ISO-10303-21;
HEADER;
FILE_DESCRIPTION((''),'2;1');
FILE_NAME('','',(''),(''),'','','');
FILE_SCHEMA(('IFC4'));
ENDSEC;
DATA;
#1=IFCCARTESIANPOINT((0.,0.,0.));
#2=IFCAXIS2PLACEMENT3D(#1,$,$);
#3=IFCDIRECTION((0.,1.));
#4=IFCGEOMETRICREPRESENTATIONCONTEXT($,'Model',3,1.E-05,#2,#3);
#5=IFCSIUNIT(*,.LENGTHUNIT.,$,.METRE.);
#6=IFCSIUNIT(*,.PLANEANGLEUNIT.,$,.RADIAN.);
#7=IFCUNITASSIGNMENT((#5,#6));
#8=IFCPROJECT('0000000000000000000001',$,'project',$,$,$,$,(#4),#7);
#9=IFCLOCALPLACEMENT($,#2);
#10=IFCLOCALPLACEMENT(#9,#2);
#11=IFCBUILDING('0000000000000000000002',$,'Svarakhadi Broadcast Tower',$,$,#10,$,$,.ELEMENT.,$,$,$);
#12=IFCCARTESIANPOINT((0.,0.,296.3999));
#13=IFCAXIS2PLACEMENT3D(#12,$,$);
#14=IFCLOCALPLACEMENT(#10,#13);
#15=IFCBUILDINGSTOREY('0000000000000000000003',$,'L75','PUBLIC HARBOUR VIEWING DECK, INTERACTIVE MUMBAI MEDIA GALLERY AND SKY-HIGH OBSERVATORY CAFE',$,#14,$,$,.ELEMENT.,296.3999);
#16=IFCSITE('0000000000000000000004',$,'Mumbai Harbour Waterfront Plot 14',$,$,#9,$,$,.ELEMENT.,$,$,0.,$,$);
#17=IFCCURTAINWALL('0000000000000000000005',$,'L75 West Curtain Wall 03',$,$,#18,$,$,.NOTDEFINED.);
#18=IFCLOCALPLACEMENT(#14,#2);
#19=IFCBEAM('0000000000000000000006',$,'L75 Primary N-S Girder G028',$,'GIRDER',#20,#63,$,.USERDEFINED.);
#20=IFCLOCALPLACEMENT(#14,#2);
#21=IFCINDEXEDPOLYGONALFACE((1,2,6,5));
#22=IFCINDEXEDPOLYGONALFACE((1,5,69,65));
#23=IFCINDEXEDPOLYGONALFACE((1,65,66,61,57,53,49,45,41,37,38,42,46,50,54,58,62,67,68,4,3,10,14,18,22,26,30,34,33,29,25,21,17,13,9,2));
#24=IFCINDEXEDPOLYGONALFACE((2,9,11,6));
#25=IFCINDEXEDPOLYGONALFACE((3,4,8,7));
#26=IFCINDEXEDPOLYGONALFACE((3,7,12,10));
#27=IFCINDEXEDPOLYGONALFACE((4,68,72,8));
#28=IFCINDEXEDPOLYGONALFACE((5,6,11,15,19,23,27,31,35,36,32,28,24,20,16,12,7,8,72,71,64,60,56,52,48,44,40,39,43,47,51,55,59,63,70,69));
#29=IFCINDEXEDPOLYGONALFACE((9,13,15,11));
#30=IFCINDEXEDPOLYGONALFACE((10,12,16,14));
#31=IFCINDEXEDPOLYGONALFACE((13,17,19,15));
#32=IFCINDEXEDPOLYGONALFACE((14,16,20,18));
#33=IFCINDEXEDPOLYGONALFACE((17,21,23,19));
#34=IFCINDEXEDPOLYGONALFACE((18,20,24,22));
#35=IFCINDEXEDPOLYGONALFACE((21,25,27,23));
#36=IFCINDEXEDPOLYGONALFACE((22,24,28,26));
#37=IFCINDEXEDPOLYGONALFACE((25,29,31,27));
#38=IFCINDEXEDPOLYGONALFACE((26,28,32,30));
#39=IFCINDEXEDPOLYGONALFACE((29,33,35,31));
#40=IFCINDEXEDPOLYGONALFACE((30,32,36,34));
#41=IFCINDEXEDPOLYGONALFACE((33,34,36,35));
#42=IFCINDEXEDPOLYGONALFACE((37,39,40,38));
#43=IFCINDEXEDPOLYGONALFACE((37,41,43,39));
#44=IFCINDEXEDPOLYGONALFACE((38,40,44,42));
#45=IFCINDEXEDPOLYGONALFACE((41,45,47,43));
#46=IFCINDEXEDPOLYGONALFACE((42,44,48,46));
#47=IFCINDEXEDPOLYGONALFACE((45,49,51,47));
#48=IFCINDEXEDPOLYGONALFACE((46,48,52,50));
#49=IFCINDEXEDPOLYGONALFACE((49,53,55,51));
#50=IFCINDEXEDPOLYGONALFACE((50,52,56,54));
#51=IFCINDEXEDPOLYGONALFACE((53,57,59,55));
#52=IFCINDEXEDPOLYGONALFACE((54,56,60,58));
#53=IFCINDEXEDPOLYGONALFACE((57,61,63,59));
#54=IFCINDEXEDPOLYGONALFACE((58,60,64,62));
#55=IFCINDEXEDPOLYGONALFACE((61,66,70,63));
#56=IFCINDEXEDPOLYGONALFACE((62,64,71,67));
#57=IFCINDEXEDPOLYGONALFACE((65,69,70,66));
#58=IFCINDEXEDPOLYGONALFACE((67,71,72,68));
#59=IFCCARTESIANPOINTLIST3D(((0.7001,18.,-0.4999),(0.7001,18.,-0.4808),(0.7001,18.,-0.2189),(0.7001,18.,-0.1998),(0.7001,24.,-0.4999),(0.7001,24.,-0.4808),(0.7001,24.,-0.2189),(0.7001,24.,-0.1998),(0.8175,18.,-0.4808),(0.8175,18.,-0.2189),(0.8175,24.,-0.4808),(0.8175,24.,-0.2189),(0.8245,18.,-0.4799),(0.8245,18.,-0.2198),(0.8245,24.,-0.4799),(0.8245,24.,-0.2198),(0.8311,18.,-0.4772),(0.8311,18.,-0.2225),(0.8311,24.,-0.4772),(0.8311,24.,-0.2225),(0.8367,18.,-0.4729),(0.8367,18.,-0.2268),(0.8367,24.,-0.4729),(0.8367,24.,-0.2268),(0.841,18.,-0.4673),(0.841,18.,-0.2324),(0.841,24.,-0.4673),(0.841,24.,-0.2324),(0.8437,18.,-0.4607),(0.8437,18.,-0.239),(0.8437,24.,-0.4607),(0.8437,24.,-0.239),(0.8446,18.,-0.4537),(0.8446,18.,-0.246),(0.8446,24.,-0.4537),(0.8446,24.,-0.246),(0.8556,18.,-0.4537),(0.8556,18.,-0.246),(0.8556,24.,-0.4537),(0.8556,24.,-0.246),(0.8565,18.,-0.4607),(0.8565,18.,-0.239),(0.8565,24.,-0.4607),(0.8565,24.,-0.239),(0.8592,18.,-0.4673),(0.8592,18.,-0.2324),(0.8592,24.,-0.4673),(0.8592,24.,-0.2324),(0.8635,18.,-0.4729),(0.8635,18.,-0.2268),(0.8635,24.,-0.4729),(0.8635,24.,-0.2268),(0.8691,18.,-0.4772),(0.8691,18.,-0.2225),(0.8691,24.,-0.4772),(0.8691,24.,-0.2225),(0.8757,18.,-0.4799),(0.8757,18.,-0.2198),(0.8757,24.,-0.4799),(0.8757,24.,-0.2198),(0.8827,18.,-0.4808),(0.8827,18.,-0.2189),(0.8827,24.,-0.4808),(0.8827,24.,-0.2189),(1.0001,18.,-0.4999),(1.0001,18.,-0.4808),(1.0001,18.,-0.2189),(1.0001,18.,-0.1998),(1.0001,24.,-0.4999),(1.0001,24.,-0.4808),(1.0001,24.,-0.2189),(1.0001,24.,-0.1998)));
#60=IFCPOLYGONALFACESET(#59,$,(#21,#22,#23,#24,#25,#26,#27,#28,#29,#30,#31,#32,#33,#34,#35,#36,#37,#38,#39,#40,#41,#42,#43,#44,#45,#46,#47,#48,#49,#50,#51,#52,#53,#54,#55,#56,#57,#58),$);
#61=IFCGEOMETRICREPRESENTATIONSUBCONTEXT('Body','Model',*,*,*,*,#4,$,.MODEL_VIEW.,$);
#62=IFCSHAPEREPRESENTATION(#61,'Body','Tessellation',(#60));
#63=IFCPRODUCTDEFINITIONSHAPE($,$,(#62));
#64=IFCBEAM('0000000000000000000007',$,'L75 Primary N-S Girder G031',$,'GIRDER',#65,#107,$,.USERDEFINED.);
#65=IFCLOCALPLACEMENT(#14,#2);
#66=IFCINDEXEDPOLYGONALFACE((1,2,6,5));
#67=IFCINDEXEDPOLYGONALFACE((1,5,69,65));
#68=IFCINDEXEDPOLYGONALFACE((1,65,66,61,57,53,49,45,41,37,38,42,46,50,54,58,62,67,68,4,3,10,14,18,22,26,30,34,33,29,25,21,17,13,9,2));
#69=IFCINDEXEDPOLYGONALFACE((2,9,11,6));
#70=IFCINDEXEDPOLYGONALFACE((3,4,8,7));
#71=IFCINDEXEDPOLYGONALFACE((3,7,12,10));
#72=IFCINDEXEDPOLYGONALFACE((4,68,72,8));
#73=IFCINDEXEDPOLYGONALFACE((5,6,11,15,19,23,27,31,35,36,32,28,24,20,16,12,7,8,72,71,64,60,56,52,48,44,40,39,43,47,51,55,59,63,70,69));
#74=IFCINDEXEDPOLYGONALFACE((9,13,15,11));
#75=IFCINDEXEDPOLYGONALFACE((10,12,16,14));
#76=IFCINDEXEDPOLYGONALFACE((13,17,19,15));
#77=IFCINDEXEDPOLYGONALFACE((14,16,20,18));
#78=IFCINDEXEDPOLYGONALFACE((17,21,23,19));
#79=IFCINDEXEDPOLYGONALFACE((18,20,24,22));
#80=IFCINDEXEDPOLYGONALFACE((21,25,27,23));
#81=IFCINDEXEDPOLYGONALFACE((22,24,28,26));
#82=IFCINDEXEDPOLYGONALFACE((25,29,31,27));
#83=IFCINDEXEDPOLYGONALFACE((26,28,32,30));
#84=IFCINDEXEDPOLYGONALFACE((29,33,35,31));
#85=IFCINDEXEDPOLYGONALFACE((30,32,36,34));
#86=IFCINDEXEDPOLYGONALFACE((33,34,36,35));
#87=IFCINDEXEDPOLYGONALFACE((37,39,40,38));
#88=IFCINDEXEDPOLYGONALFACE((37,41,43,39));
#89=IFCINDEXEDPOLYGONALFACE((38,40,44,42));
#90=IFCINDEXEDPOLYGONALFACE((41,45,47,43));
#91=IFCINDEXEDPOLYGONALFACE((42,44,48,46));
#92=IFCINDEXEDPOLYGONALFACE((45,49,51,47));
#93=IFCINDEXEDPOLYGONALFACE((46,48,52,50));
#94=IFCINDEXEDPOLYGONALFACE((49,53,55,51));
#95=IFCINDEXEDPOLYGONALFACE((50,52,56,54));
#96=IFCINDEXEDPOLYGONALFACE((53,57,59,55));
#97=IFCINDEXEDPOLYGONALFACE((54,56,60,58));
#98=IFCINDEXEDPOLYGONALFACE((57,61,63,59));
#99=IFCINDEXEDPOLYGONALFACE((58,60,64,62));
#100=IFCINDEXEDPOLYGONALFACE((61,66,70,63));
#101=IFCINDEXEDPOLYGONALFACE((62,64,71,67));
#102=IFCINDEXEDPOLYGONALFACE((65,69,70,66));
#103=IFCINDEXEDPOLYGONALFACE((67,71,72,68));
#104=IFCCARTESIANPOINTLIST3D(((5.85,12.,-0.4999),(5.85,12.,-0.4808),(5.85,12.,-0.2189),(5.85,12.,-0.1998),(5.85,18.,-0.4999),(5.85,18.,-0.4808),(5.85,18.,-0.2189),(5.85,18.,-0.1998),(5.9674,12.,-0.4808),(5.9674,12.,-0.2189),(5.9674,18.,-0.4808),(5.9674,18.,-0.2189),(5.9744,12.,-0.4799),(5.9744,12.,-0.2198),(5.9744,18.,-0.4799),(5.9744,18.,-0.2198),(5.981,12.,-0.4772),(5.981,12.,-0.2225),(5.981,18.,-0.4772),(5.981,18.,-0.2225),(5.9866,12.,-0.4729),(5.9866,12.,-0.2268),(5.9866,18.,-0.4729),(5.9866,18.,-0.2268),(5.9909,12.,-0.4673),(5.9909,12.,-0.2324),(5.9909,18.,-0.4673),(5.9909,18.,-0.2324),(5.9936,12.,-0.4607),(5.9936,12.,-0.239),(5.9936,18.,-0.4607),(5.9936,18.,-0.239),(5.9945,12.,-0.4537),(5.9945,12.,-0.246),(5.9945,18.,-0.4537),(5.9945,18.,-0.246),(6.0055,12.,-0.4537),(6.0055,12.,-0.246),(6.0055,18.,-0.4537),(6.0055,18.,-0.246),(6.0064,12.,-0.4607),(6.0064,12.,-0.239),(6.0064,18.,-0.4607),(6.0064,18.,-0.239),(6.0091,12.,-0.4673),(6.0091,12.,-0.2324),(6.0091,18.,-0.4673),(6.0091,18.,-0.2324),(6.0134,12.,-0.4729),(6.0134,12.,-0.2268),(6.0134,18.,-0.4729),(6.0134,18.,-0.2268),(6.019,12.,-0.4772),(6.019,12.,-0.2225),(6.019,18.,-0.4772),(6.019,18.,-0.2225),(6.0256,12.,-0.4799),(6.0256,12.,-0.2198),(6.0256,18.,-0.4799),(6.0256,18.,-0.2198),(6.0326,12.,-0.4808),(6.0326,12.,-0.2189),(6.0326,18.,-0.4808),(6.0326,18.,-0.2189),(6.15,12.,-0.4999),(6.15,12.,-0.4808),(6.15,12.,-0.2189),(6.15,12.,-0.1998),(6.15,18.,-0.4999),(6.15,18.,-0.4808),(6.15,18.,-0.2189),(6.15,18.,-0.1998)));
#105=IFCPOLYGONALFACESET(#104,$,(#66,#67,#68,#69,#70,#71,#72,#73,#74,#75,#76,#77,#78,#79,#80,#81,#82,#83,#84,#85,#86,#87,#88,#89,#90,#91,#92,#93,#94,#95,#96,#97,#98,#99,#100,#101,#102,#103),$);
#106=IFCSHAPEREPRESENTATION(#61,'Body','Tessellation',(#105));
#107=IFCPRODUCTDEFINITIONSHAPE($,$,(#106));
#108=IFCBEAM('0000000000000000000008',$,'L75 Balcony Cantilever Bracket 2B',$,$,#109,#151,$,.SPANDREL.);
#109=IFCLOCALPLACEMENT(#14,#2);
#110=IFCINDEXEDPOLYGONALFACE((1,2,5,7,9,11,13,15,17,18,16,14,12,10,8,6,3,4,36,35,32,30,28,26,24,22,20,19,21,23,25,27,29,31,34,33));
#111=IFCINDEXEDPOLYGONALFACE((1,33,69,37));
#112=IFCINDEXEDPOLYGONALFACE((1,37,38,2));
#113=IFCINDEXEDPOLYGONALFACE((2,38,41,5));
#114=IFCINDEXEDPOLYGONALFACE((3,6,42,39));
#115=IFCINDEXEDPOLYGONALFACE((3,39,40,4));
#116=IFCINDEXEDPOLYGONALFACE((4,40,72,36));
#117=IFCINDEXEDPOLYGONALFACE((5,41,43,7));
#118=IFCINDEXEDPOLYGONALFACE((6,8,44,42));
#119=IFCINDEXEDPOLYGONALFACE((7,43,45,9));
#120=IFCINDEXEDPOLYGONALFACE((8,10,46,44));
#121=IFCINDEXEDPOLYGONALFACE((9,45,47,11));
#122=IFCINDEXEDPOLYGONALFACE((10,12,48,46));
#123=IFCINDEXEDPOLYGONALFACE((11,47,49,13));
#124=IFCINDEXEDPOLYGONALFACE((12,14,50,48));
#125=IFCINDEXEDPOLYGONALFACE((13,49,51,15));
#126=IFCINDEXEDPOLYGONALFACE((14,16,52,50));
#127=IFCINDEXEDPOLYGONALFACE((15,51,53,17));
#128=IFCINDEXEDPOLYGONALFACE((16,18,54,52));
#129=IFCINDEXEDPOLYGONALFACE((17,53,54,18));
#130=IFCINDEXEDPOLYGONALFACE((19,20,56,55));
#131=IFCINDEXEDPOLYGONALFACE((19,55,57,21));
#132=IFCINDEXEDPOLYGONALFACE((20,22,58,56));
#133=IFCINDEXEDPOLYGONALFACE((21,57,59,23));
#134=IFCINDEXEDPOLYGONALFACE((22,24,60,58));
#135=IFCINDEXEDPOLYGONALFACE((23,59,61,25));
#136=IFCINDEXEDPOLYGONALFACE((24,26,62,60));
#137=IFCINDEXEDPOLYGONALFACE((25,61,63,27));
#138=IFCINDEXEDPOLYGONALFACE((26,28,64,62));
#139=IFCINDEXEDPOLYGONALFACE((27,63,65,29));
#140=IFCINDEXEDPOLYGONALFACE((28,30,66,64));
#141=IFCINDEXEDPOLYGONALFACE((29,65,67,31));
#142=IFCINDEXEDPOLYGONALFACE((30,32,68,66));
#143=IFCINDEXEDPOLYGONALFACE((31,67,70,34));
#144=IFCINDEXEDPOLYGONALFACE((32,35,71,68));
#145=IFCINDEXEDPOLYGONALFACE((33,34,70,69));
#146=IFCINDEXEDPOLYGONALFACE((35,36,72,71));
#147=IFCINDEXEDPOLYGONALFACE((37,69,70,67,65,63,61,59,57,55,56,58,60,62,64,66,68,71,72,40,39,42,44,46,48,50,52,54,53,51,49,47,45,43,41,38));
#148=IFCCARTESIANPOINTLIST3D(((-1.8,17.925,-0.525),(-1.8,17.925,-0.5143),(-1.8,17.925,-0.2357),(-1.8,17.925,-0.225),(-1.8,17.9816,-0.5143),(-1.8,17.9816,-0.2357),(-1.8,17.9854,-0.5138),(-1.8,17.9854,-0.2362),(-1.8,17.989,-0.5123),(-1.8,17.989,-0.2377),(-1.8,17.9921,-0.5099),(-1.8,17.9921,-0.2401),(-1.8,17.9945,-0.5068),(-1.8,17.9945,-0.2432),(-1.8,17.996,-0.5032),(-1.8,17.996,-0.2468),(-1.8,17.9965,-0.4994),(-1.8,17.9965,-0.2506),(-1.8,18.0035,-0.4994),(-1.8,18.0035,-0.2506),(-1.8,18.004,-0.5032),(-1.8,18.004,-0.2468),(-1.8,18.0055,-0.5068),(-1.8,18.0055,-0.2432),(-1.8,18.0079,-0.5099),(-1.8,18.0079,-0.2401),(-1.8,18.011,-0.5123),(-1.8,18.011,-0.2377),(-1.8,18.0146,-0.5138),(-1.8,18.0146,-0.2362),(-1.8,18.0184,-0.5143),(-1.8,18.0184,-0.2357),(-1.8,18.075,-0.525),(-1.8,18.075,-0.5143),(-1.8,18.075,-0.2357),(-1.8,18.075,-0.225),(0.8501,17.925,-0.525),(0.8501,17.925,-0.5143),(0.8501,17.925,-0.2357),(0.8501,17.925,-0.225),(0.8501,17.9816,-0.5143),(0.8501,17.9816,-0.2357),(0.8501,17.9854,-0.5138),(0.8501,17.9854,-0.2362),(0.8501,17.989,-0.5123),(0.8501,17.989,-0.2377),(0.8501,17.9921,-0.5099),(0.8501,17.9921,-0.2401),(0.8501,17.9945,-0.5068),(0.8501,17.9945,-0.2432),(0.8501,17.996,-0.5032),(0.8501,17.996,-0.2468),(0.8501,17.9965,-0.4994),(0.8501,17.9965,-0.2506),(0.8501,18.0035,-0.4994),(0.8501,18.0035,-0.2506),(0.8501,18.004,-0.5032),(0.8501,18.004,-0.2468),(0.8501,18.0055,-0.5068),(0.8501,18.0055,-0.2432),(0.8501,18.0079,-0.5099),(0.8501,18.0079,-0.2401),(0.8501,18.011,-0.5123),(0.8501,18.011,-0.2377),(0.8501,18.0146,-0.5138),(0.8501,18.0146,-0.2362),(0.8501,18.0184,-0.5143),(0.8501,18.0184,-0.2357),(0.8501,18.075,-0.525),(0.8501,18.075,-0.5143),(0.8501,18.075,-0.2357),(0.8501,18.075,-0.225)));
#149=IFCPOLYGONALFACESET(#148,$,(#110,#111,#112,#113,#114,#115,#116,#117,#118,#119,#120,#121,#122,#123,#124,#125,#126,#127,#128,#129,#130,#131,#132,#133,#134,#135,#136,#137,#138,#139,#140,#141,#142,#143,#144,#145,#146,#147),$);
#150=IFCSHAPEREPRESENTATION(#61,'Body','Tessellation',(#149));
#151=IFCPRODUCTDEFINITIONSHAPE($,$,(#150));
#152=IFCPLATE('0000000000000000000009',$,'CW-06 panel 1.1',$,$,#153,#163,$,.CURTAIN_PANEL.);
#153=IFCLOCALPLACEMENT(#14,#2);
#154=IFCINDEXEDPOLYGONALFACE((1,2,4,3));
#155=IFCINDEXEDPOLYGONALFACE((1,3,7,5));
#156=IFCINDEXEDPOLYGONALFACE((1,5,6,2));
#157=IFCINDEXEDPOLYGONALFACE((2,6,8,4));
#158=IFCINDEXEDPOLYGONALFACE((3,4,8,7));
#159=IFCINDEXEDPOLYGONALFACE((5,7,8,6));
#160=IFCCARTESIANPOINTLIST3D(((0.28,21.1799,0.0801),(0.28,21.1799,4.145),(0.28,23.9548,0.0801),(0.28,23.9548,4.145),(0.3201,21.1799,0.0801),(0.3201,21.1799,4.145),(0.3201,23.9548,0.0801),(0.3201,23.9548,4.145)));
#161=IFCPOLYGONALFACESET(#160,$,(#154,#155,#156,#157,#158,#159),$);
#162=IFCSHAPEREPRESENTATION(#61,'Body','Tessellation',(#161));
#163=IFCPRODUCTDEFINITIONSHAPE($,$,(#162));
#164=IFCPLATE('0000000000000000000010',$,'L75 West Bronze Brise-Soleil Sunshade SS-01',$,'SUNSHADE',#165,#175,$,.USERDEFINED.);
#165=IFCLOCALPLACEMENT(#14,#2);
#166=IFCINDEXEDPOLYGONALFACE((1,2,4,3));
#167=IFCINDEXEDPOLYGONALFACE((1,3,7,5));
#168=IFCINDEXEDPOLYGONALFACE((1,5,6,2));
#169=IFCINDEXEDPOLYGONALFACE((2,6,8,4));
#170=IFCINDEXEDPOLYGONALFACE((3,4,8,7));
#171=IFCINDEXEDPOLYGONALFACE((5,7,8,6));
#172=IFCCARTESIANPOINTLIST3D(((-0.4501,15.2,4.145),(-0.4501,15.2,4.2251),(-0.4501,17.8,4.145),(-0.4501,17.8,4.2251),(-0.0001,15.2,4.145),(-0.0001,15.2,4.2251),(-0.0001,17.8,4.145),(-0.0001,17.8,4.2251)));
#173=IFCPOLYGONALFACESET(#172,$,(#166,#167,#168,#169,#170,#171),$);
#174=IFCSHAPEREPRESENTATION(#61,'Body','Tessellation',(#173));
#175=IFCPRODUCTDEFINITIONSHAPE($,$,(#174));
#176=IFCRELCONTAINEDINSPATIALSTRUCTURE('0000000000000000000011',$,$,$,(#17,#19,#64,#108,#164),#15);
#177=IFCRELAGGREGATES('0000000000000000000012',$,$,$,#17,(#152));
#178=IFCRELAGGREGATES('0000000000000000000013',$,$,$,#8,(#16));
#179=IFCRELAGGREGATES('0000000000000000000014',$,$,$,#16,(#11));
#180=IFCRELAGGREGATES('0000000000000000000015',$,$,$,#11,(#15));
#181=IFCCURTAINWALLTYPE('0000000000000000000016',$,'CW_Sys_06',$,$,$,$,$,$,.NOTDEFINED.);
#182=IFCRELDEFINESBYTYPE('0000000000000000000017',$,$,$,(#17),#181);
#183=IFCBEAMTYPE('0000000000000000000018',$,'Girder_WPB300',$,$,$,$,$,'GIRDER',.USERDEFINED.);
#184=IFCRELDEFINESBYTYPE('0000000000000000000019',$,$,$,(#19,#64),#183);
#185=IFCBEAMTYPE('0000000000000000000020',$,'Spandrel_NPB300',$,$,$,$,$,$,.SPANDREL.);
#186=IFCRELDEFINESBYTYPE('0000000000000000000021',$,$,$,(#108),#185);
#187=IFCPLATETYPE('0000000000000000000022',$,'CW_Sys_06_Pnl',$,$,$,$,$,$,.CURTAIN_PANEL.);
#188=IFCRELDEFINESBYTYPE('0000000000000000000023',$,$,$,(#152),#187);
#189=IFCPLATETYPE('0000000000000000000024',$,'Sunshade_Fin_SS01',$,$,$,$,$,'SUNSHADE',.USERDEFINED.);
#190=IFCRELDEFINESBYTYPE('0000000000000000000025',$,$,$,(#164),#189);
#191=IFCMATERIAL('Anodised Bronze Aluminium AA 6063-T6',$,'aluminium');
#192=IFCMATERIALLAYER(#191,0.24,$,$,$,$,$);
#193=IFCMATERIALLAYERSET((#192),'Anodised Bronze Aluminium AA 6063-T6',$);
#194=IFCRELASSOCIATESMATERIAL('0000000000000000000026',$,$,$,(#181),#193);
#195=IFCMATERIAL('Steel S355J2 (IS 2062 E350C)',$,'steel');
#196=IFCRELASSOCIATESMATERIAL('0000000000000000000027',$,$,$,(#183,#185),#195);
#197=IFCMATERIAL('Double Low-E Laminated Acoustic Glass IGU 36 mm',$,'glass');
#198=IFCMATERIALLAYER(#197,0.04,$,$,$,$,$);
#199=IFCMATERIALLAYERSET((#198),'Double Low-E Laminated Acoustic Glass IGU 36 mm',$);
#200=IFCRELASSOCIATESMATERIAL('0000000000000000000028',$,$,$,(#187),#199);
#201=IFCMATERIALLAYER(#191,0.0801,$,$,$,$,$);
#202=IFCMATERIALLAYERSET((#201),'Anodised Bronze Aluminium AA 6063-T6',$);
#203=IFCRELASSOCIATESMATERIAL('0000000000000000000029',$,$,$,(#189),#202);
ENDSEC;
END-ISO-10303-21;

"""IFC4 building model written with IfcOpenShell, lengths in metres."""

from ifc_helpers import new_model, si_unit, direction, frame, origin, origin_2d, place, context, subcontext, project, spatial, rectangle, i_section, extrude, material, layer, layer_set, material_profile, profile_set, type_object, element, aggregate, save


model = new_model("IFC4")

# Units and contexts
model_context = context("Model", 3, precision=1e-05, world=origin(), true_north=direction((0.0, 1.0)))
body_context = subcontext(model_context, "Body", "Model", "MODEL_VIEW")
ifc_project = project(units=[si_unit("LENGTHUNIT", "METRE"), si_unit("PLANEANGLEUNIT", "RADIAN")], contexts=[model_context])

# Site, building, storey
site_placement = place(None, origin())
site = spatial("IfcSite", under=ifc_project, at=site_placement, Name="Mumbai Harbour Waterfront Plot 14", CompositionType="ELEMENT", RefElevation=0.0)
building_placement = place(site_placement, origin())
building = spatial("IfcBuilding", under=site, at=building_placement, Name="Svarakhadi Broadcast Tower", CompositionType="ELEMENT")
storey_placement = place(building_placement, frame((0.0, 0.0, 296.3999)))
storey = spatial("IfcBuildingStorey", under=building, at=storey_placement, Name="L75", Description="PUBLIC HARBOUR VIEWING DECK, INTERACTIVE MUMBAI MEDIA GALLERY AND SKY-HIGH OBSERVATORY CAFE", CompositionType="ELEMENT", Elevation=296.3999)

# Shared definitions
ifc_material_1 = material(Name="Steel S355J2 (IS 2062 E350C)", Category="steel")

# Curtain wall
ifc_material_2 = material(Name="Anodised Bronze Aluminium AA 6063-T6", Category="aluminium")
ifc_layer_1 = layer(ifc_material_2, 0.24)
ifc_layer_set_1 = layer_set([ifc_layer_1], Name="Anodised Bronze Aluminium AA 6063-T6")
curtain_wall_type = type_object("IfcCurtainWallType", Name="CW_Sys_06", PredefinedType="NOTDEFINED", material=ifc_layer_set_1)
curtain_wall_placement = place(storey_placement, origin())
curtain_wall = element("IfcCurtainWall", 1, at=curtain_wall_placement, inside=storey, type_object=curtain_wall_type, Name="L75 West Curtain Wall 03", PredefinedType="NOTDEFINED")

# Beams
ifc_material_profile_1 = material_profile(ifc_material_1, i_section(OverallWidth=0.3, OverallDepth=0.3, WebThickness=0.011, FlangeThickness=0.019, FilletRadius=0.0271, at=origin_2d()), Name="WPB 300x300x117")
ifc_profile_set_1 = profile_set([ifc_material_profile_1], Name="Steel S355J2 (IS 2062 E350C)")
beam_type_1 = type_object("IfcBeamType", Name="Girder_WPB300", ElementType="GIRDER", PredefinedType="USERDEFINED", material=ifc_profile_set_1)
for number, where, z_axis, x_axis, name in (
    (2, (0.8501, 18.0, -0.3499), (0.0, 1.0, 0.0), (-1.0, 0.0, 0.0), "L75 Primary N-S Girder G028"),
    (3, (6.0, 12.0, -0.3499), (0.0, 1.0, 0.0), (-1.0, 0.0, 0.0), "L75 Primary N-S Girder G031"),
):
    element("IfcBeam", number, at=place(storey_placement, frame(where, z_axis=z_axis, x_axis=x_axis)), inside=storey, type_object=beam_type_1, Name=name, ObjectType="GIRDER", PredefinedType="USERDEFINED", context=body_context, shape_type="SweptSolid", body=[
        extrude(i_section(OverallWidth=0.3, OverallDepth=0.3, WebThickness=0.011, FlangeThickness=0.019, FilletRadius=0.0271, at=origin_2d()), origin(), (0.0, 0.0, 1.0), 6.0),
    ])
ifc_material_profile_2 = material_profile(ifc_material_1, i_section(OverallWidth=0.1499, OverallDepth=0.3, WebThickness=0.0071, FlangeThickness=0.0107, FilletRadius=0.0149, at=origin_2d()), Name="NPB 300x150x37")
ifc_profile_set_2 = profile_set([ifc_material_profile_2], Name="Steel S355J2 (IS 2062 E350C)")
beam_type_2 = type_object("IfcBeamType", Name="Spandrel_NPB300", PredefinedType="SPANDREL", material=ifc_profile_set_2)
beam_1_placement = place(storey_placement, frame((0.8501, 18.0, -0.375), z_axis=(-1.0, 0.0, 0.0), x_axis=(0.0, -1.0, 0.0)))
element("IfcBeam", 4, at=beam_1_placement, inside=storey, type_object=beam_type_2, Name="L75 Balcony Cantilever Bracket 2B", PredefinedType="SPANDREL", context=body_context, shape_type="SweptSolid", body=[
    extrude(i_section(OverallWidth=0.1499, OverallDepth=0.3, WebThickness=0.0071, FlangeThickness=0.0107, FilletRadius=0.0149, at=origin_2d()), origin(), (0.0, 0.0, 1.0), 2.6501),
])

# Plates
ifc_material_3 = material(Name="Double Low-E Laminated Acoustic Glass IGU 36 mm", Category="glass")
ifc_layer_2 = layer(ifc_material_3, 0.04)
ifc_layer_set_2 = layer_set([ifc_layer_2], Name="Double Low-E Laminated Acoustic Glass IGU 36 mm")
plate_type_1 = type_object("IfcPlateType", Name="CW_Sys_06_Pnl", PredefinedType="CURTAIN_PANEL", material=ifc_layer_set_2)
plate_1_placement = place(storey_placement, frame((0.3, 22.5674, 0.0801), z_axis=(0.0, 0.0, 1.0), x_axis=(0.0, 1.0, 0.0)))
plate_1 = element("IfcPlate", 5, at=plate_1_placement, type_object=plate_type_1, Name="CW-06 panel 1.1", PredefinedType="CURTAIN_PANEL", context=body_context, shape_type="SweptSolid", body=[
    extrude(rectangle(XDim=2.7749, YDim=0.04, at=origin_2d()), origin(), (0.0, 0.0, 1.0), 4.0649),
])
aggregate(curtain_wall, [plate_1])
ifc_layer_3 = layer(ifc_material_2, 0.0801)
ifc_layer_set_3 = layer_set([ifc_layer_3], Name="Anodised Bronze Aluminium AA 6063-T6")
plate_type_2 = type_object("IfcPlateType", Name="Sunshade_Fin_SS01", ElementType="SUNSHADE", PredefinedType="USERDEFINED", material=ifc_layer_set_3)
plate_2_placement = place(storey_placement, frame((-0.2251, 16.5, 4.145), z_axis=(0.0, 0.0, 1.0), x_axis=(0.0, 1.0, 0.0)))
element("IfcPlate", 6, at=plate_2_placement, inside=storey, type_object=plate_type_2, Name="L75 West Bronze Brise-Soleil Sunshade SS-01", ObjectType="SUNSHADE", PredefinedType="USERDEFINED", context=body_context, shape_type="SweptSolid", body=[
    extrude(rectangle(XDim=2.6001, YDim=0.45, at=origin_2d()), origin(), (0.0, 0.0, 1.0), 0.0801),
])

save(model, "model.ifc")
